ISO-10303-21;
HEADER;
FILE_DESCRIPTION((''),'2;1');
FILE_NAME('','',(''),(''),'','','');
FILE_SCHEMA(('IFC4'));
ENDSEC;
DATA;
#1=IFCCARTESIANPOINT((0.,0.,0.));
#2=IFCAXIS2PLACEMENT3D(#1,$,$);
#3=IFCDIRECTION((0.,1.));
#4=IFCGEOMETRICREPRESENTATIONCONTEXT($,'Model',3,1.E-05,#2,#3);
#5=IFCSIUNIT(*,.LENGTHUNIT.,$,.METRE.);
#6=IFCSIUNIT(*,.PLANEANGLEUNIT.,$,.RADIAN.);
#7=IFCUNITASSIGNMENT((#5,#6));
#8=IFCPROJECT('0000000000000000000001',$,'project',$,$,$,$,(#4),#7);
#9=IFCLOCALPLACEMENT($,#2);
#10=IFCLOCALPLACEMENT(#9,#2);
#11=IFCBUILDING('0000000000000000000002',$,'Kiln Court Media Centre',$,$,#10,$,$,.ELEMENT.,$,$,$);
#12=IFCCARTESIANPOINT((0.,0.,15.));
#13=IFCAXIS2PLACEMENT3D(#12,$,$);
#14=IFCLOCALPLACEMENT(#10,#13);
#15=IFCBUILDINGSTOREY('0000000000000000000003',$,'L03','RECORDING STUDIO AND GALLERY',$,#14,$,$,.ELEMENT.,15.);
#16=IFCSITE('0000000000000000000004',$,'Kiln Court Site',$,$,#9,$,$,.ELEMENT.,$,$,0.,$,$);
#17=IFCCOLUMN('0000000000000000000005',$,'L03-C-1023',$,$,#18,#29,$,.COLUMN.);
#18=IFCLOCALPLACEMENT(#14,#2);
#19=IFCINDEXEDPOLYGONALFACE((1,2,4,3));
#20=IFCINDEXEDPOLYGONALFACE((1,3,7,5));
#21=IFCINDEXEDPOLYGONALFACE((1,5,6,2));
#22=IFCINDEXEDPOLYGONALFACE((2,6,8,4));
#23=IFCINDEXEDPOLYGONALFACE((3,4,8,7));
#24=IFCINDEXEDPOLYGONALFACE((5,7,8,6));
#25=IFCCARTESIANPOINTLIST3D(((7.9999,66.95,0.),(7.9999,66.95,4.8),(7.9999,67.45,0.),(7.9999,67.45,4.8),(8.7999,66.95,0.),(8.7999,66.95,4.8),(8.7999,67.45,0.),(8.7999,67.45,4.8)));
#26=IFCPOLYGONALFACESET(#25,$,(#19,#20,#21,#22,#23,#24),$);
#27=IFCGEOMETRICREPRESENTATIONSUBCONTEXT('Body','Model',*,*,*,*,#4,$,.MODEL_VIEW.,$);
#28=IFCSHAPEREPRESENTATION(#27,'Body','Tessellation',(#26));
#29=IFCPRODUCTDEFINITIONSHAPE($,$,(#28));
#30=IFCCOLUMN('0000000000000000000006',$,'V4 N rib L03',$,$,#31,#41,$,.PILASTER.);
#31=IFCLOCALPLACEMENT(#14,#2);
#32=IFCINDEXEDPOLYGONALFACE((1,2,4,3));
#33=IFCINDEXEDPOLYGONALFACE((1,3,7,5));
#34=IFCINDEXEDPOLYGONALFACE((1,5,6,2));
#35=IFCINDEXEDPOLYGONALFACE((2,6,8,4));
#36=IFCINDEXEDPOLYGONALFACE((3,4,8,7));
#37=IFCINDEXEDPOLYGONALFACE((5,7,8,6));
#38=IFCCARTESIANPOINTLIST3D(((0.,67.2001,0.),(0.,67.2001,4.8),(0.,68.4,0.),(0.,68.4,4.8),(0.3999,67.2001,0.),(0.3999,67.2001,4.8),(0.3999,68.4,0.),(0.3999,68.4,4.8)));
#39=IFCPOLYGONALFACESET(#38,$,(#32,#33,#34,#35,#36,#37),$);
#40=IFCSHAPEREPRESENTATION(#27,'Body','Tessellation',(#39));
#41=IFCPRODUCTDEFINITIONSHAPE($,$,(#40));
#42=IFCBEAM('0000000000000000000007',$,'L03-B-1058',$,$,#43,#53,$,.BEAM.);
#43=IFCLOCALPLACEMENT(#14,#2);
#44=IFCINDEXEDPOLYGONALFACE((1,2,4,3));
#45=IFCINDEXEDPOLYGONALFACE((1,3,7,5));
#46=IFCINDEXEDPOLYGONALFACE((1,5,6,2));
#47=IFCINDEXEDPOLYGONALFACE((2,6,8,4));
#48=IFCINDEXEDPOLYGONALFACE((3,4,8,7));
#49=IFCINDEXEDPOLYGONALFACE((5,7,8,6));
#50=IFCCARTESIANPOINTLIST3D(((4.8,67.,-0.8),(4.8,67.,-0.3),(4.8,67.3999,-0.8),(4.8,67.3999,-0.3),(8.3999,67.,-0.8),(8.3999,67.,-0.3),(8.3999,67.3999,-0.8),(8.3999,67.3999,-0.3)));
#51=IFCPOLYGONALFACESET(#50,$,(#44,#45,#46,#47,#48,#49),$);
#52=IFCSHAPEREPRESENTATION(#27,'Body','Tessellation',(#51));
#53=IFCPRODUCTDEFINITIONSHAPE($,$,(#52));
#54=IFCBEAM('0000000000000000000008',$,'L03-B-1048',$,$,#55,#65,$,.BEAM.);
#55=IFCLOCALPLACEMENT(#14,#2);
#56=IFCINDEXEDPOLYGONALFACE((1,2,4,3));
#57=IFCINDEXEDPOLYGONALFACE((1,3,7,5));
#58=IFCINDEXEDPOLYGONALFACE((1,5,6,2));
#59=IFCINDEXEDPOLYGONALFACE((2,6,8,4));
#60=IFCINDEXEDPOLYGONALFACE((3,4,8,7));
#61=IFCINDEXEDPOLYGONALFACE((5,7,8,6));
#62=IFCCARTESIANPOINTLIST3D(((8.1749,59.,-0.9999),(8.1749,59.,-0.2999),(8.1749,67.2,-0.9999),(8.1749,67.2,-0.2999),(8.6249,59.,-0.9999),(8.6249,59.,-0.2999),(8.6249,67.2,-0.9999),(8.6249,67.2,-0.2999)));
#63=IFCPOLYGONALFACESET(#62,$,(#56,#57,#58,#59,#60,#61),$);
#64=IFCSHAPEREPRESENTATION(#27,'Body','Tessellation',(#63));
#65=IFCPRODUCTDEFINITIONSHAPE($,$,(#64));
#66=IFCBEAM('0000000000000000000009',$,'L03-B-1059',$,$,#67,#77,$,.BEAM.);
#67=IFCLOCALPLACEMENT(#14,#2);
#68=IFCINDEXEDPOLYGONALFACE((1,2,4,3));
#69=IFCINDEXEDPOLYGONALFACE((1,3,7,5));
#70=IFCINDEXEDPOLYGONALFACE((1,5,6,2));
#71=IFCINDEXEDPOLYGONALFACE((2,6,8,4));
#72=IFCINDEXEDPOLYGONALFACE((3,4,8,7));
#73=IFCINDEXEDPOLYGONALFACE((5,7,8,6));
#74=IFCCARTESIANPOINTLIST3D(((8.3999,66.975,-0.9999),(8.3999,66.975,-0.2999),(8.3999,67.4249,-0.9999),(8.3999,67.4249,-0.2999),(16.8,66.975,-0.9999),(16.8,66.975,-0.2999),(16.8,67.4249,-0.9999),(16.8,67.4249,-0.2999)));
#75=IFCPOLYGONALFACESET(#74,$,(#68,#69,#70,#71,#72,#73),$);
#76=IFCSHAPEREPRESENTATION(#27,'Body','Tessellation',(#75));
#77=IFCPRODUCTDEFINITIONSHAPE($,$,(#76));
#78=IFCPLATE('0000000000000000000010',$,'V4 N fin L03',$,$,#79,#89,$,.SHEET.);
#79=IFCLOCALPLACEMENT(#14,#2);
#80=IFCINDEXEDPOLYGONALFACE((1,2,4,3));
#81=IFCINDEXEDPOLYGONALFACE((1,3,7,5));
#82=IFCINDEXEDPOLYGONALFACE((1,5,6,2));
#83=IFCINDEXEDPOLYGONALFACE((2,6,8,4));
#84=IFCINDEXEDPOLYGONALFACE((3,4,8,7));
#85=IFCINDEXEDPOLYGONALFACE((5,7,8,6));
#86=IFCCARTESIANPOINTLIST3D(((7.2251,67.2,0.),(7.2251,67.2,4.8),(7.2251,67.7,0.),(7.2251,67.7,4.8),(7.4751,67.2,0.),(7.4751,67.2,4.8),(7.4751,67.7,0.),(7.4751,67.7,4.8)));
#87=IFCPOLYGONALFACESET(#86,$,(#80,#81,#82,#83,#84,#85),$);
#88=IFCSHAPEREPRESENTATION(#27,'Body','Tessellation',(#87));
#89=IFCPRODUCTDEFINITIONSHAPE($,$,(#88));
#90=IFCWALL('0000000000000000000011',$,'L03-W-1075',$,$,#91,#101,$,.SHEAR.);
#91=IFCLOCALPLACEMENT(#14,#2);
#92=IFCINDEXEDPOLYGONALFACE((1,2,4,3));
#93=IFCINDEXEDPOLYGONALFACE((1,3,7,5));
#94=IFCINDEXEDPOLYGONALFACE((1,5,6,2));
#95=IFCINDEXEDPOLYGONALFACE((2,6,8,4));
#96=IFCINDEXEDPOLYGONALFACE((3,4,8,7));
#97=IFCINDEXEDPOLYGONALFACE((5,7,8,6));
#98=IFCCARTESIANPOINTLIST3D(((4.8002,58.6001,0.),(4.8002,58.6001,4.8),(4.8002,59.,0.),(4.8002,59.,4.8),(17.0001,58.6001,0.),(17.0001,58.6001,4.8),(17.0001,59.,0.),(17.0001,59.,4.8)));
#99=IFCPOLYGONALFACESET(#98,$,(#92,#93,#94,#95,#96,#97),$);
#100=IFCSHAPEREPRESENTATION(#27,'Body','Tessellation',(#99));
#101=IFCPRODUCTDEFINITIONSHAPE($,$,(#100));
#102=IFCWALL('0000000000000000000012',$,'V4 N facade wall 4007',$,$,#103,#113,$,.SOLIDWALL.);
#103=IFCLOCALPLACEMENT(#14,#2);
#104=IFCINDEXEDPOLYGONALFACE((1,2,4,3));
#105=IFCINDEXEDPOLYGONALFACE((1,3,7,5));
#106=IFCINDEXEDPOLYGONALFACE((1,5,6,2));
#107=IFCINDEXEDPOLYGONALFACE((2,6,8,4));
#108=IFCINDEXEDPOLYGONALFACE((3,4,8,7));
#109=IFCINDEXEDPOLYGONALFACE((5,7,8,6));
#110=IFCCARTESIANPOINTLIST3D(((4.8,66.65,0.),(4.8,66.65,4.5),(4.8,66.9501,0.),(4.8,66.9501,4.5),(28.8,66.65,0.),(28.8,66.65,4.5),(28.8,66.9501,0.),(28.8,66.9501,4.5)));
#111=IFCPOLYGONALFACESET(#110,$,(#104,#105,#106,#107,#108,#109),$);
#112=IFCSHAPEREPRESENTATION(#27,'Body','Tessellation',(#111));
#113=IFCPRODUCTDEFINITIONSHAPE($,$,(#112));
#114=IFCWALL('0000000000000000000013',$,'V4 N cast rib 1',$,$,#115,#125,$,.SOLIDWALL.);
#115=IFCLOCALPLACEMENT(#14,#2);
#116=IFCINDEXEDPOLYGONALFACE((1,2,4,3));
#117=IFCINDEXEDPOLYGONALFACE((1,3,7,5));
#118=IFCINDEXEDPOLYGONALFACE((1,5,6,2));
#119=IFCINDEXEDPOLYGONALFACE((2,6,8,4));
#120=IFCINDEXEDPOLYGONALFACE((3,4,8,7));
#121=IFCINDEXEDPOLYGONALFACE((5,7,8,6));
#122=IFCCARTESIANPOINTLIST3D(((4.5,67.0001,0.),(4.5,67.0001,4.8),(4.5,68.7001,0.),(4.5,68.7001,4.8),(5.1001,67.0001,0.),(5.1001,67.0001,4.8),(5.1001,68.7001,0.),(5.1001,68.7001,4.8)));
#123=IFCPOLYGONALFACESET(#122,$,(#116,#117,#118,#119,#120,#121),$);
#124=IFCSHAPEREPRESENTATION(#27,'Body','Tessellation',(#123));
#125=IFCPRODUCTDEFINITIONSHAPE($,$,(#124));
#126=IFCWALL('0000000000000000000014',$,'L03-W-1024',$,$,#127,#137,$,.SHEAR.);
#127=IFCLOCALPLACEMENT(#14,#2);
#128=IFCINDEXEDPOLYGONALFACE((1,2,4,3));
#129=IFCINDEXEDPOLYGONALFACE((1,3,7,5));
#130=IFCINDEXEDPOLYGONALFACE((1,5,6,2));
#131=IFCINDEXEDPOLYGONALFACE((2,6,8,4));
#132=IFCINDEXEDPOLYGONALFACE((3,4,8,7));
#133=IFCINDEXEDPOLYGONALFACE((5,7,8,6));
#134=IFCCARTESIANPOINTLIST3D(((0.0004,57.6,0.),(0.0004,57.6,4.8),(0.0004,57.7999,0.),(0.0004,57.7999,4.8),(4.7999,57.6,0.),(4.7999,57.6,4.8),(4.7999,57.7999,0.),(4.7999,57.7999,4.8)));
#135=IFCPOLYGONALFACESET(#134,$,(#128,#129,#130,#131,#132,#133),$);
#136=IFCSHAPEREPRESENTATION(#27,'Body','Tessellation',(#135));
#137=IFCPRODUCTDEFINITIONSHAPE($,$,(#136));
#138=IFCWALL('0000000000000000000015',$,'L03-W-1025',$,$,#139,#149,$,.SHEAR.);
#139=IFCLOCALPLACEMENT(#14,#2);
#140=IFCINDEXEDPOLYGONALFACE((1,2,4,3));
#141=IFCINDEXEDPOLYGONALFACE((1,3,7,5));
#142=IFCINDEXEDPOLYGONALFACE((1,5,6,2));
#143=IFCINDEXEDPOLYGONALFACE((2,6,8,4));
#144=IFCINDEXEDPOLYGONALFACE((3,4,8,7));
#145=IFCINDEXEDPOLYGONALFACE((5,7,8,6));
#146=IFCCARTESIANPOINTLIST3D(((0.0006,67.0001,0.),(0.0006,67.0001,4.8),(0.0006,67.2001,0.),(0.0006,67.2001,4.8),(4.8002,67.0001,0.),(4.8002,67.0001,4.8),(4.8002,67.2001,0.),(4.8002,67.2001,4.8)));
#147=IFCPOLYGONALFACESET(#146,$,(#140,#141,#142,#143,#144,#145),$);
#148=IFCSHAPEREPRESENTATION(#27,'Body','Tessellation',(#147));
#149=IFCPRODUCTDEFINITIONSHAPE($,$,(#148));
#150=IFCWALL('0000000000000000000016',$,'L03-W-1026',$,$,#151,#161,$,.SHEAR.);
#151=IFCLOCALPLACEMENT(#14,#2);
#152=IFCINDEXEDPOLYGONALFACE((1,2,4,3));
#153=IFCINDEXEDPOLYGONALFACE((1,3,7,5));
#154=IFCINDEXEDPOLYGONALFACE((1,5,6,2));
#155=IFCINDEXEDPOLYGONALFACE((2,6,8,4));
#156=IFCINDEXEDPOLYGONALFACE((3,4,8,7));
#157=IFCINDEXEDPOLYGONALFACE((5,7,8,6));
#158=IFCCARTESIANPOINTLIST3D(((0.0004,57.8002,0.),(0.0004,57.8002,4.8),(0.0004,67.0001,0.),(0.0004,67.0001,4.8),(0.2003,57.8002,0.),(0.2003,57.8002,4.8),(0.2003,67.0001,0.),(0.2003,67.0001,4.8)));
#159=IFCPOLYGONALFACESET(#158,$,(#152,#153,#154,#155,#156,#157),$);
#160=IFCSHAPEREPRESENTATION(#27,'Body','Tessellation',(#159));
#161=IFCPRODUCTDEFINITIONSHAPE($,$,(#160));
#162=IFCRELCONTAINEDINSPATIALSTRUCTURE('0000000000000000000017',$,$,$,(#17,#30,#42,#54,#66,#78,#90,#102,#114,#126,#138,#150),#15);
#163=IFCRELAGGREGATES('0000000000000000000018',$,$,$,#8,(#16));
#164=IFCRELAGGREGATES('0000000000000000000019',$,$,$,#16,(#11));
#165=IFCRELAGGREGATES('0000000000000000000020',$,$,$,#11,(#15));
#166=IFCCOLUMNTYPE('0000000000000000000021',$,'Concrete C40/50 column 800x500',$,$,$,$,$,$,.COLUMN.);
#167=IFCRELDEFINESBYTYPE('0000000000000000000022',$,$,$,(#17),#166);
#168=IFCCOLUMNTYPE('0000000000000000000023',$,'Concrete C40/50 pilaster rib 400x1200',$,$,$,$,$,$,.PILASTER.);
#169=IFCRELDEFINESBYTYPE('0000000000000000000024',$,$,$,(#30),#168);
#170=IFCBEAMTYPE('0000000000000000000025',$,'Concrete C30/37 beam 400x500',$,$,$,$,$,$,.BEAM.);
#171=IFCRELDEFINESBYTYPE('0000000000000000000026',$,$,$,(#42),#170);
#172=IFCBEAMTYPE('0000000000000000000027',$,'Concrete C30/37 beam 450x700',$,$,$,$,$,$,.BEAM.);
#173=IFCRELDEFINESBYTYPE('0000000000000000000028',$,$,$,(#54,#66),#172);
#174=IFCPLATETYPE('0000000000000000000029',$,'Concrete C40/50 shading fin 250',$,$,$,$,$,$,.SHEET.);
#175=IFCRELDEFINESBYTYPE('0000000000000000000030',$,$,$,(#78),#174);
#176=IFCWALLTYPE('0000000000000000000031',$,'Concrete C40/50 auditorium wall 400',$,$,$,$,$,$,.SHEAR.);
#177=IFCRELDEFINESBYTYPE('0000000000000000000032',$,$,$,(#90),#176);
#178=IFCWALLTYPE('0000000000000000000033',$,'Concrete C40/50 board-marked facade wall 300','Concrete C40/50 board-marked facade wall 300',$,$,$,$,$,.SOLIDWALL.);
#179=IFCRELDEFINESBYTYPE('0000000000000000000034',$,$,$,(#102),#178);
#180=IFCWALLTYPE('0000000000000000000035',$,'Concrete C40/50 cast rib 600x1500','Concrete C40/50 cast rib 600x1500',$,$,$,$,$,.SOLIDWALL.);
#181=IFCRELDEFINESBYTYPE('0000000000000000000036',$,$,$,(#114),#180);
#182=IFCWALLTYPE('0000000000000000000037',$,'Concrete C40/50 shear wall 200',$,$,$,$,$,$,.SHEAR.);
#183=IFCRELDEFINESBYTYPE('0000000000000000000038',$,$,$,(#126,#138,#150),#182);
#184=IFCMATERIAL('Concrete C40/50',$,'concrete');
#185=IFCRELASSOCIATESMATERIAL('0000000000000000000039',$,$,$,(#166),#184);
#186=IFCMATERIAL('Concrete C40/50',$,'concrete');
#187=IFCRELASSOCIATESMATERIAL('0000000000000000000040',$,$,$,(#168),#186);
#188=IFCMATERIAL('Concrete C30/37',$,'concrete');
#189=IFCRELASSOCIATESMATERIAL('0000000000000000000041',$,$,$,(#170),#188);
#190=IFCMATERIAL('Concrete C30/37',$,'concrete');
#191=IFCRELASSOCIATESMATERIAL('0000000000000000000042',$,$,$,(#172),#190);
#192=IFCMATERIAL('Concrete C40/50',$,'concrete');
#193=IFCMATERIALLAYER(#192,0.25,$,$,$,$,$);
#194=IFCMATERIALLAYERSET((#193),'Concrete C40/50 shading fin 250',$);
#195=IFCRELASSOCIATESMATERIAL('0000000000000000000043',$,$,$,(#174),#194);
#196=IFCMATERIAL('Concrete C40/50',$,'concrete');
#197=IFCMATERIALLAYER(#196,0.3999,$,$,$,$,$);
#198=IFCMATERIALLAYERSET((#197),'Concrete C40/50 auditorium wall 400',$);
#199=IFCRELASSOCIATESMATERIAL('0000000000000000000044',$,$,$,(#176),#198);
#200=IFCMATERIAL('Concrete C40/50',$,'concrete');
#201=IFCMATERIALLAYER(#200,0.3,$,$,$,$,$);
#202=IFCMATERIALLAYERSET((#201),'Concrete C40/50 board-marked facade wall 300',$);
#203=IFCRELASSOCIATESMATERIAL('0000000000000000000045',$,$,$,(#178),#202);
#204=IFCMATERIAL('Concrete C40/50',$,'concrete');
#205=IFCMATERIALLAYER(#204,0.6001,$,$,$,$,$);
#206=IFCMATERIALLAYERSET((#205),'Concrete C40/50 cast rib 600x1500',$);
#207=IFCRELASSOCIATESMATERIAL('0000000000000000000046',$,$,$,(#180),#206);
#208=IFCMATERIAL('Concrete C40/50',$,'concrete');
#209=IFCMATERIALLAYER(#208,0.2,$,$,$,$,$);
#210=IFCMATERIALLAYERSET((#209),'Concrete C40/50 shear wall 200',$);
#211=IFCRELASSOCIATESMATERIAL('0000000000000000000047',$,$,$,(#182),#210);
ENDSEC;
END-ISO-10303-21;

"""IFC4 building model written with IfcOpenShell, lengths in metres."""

from ifc_helpers import new_model, si_unit, direction, frame, frame_2d, origin, origin_2d, place, context, subcontext, project, spatial, rectangle, extrude, material, layer, layer_set, material_profile, profile_set, type_object, element, save


model = new_model("IFC4")

# Units and contexts
model_context = context("Model", 3, precision=1e-05, world=origin(), true_north=direction((0.0, 1.0)))
body_context = subcontext(model_context, "Body", "Model", "MODEL_VIEW")
ifc_project = project(units=[si_unit("LENGTHUNIT", "METRE"), si_unit("PLANEANGLEUNIT", "RADIAN")], contexts=[model_context])

# Site, building, storey
site_placement = place(None, origin())
site = spatial("IfcSite", under=ifc_project, at=site_placement, Name="Kiln Court Site", CompositionType="ELEMENT", RefElevation=0.0)
building_placement = place(site_placement, origin())
building = spatial("IfcBuilding", under=site, at=building_placement, Name="Kiln Court Media Centre", CompositionType="ELEMENT")
storey_placement = place(building_placement, frame((0.0, 0.0, 15.0)))
storey = spatial("IfcBuildingStorey", under=building, at=storey_placement, Name="L03", Description="RECORDING STUDIO AND GALLERY", CompositionType="ELEMENT", Elevation=15.0)

# Columns
ifc_material_1 = material(Name="Concrete C40/50", Category="concrete")
ifc_material_profile_1 = material_profile(ifc_material_1, rectangle(XDim=0.8, YDim=0.5, at=origin_2d()), Name="RC 800x500")
ifc_profile_set_1 = profile_set([ifc_material_profile_1], Name="Concrete C40/50")
column_type_1 = type_object("IfcColumnType", Name="Concrete C40/50 column 800x500", PredefinedType="COLUMN", material=ifc_profile_set_1)
column_1_placement = place(storey_placement, frame((8.3999, 67.2, 0.0), z_axis=(0.0, 0.0, 1.0), x_axis=(1.0, 0.0, 0.0)))
element("IfcColumn", 1, at=column_1_placement, inside=storey, type_object=column_type_1, Name="L03-C-1023", PredefinedType="COLUMN", context=body_context, shape_type="SweptSolid", body=[
    extrude(rectangle(XDim=0.8, YDim=0.5, at=origin_2d()), origin(), (0.0, 0.0, 1.0), 4.8),
])
ifc_material_2 = material(Name="Concrete C40/50", Category="concrete")
ifc_material_profile_2 = material_profile(ifc_material_2, rectangle(XDim=0.3999, YDim=1.2, at=origin_2d()), Name="RC 400x1200")
ifc_profile_set_2 = profile_set([ifc_material_profile_2], Name="Concrete C40/50")
column_type_2 = type_object("IfcColumnType", Name="Concrete C40/50 pilaster rib 400x1200", PredefinedType="PILASTER", material=ifc_profile_set_2)
column_2_placement = place(storey_placement, frame((0.2, 67.8, 0.0), z_axis=(0.0, 0.0, 1.0), x_axis=(1.0, 0.0, 0.0)))
element("IfcColumn", 2, at=column_2_placement, inside=storey, type_object=column_type_2, Name="V4 N rib L03", PredefinedType="PILASTER", context=body_context, shape_type="SweptSolid", body=[
    extrude(rectangle(XDim=0.3999, YDim=1.2, at=origin_2d()), origin(), (0.0, 0.0, 1.0), 4.8),
])

# Beams
ifc_material_3 = material(Name="Concrete C30/37", Category="concrete")
ifc_material_profile_3 = material_profile(ifc_material_3, rectangle(XDim=0.3999, YDim=0.5, at=origin_2d()), Name="RC 400x500")
ifc_profile_set_3 = profile_set([ifc_material_profile_3], Name="Concrete C30/37")
beam_type_1 = type_object("IfcBeamType", Name="Concrete C30/37 beam 400x500", PredefinedType="BEAM", material=ifc_profile_set_3)
beam_1_placement = place(storey_placement, frame((4.8, 67.2, -0.55), z_axis=(1.0, 0.0, 0.0), x_axis=(0.0, 1.0, 0.0)))
element("IfcBeam", 3, at=beam_1_placement, inside=storey, type_object=beam_type_1, Name="L03-B-1058", PredefinedType="BEAM", context=body_context, shape_type="SweptSolid", body=[
    extrude(rectangle(XDim=0.3999, YDim=0.5, at=origin_2d()), origin(), (0.0, 0.0, 1.0), 3.5999),
])
ifc_material_4 = material(Name="Concrete C30/37", Category="concrete")
ifc_material_profile_4 = material_profile(ifc_material_4, rectangle(XDim=0.45, YDim=0.7, at=origin_2d()), Name="RC 450x700")
ifc_profile_set_4 = profile_set([ifc_material_profile_4], Name="Concrete C30/37")
beam_type_2 = type_object("IfcBeamType", Name="Concrete C30/37 beam 450x700", PredefinedType="BEAM", material=ifc_profile_set_4)
beam_2_placement = place(storey_placement, frame((8.3999, 59.0, -0.6499), z_axis=(0.0, 1.0, 0.0), x_axis=(-1.0, 0.0, 0.0)))
element("IfcBeam", 4, at=beam_2_placement, inside=storey, type_object=beam_type_2, Name="L03-B-1048", PredefinedType="BEAM", context=body_context, shape_type="SweptSolid", body=[
    extrude(rectangle(XDim=0.45, YDim=0.7, at=origin_2d()), origin(), (0.0, 0.0, 1.0), 8.2),
])
beam_3_placement = place(storey_placement, frame((8.3999, 67.2, -0.6499), z_axis=(1.0, 0.0, 0.0), x_axis=(0.0, 1.0, 0.0)))
element("IfcBeam", 5, at=beam_3_placement, inside=storey, type_object=beam_type_2, Name="L03-B-1059", PredefinedType="BEAM", context=body_context, shape_type="SweptSolid", body=[
    extrude(rectangle(XDim=0.45, YDim=0.7, at=origin_2d()), origin(), (0.0, 0.0, 1.0), 8.4001),
])

# Plate
ifc_material_5 = material(Name="Concrete C40/50", Category="concrete")
ifc_layer_1 = layer(ifc_material_5, 0.25)
ifc_layer_set_1 = layer_set([ifc_layer_1], Name="Concrete C40/50 shading fin 250")
plate_type = type_object("IfcPlateType", Name="Concrete C40/50 shading fin 250", PredefinedType="SHEET", material=ifc_layer_set_1)
plate_placement = place(storey_placement, frame((7.3501, 67.45, 0.0), z_axis=(0.0, 0.0, 1.0), x_axis=(1.0, 0.0, 0.0)))
element("IfcPlate", 6, at=plate_placement, inside=storey, type_object=plate_type, Name="V4 N fin L03", PredefinedType="SHEET", context=body_context, shape_type="SweptSolid", body=[
    extrude(rectangle(XDim=0.25, YDim=0.5, at=origin_2d()), origin(), (0.0, 0.0, 1.0), 4.8),
])

# Walls
ifc_material_6 = material(Name="Concrete C40/50", Category="concrete")
ifc_layer_2 = layer(ifc_material_6, 0.3999)
ifc_layer_set_2 = layer_set([ifc_layer_2], Name="Concrete C40/50 auditorium wall 400")
wall_type_1 = type_object("IfcWallType", Name="Concrete C40/50 auditorium wall 400", PredefinedType="SHEAR", material=ifc_layer_set_2)
wall_1_placement = place(storey_placement, frame((4.8, 58.8, 0.0), z_axis=(0.0, 0.0, 1.0), x_axis=(1.0, 0.0, 0.0)))
element("IfcWall", 7, at=wall_1_placement, inside=storey, type_object=wall_type_1, Name="L03-W-1075", PredefinedType="SHEAR", context=body_context, shape_type="SweptSolid", body=[
    extrude(rectangle(XDim=12.2, YDim=0.3999, at=frame_2d((6.1001, 0.0))), origin(), (0.0, 0.0, 1.0), 4.8),
])
ifc_material_7 = material(Name="Concrete C40/50", Category="concrete")
ifc_layer_3 = layer(ifc_material_7, 0.3)
ifc_layer_set_3 = layer_set([ifc_layer_3], Name="Concrete C40/50 board-marked facade wall 300")
wall_type_2 = type_object("IfcWallType", Name="Concrete C40/50 board-marked facade wall 300", Description="Concrete C40/50 board-marked facade wall 300", PredefinedType="SOLIDWALL", material=ifc_layer_set_3)
wall_2_placement = place(storey_placement, frame((4.8, 66.8, 0.0), z_axis=(0.0, 0.0, 1.0), x_axis=(1.0, 0.0, 0.0)))
element("IfcWall", 8, at=wall_2_placement, inside=storey, type_object=wall_type_2, Name="V4 N facade wall 4007", PredefinedType="SOLIDWALL", context=body_context, shape_type="SweptSolid", body=[
    extrude(rectangle(XDim=24.0, YDim=0.3, at=frame_2d((12.0, 0.0))), origin(), (0.0, 0.0, 1.0), 4.5),
])
ifc_material_8 = material(Name="Concrete C40/50", Category="concrete")
ifc_layer_4 = layer(ifc_material_8, 0.6001)
ifc_layer_set_4 = layer_set([ifc_layer_4], Name="Concrete C40/50 cast rib 600x1500")
wall_type_3 = type_object("IfcWallType", Name="Concrete C40/50 cast rib 600x1500", Description="Concrete C40/50 cast rib 600x1500", PredefinedType="SOLIDWALL", material=ifc_layer_set_4)
wall_3_placement = place(storey_placement, frame((4.8, 67.0, 0.0), z_axis=(0.0, 0.0, 1.0), x_axis=(0.0, 1.0, 0.0)))
element("IfcWall", 9, at=wall_3_placement, inside=storey, type_object=wall_type_3, Name="V4 N cast rib 1", PredefinedType="SOLIDWALL", context=body_context, shape_type="SweptSolid", body=[
    extrude(rectangle(XDim=1.7, YDim=0.6001, at=frame_2d((0.8501, 0.0))), origin(), (0.0, 0.0, 1.0), 4.8),
])
ifc_material_9 = material(Name="Concrete C40/50", Category="concrete")
ifc_layer_5 = layer(ifc_material_9, 0.2)
ifc_layer_set_5 = layer_set([ifc_layer_5], Name="Concrete C40/50 shear wall 200")
wall_type_4 = type_object("IfcWallType", Name="Concrete C40/50 shear wall 200", PredefinedType="SHEAR", material=ifc_layer_set_5)
for number, where, z_axis, x_axis, name in (
    (10, (4.8, 57.7, 0.0), (0.0, 0.0, 1.0), (-1.0, 0.0, 0.0), "L03-W-1024"),
    (11, (0.0005, 67.1001, 0.0), (0.0, 0.0, 1.0), (1.0, 0.0, 0.0), "L03-W-1025"),
):
    element("IfcWall", number, at=place(storey_placement, frame(where, z_axis=z_axis, x_axis=x_axis)), inside=storey, type_object=wall_type_4, Name=name, PredefinedType="SHEAR", context=body_context, shape_type="SweptSolid", body=[
        extrude(rectangle(XDim=4.7996, YDim=0.2, at=frame_2d((2.3999, 0.0))), origin(), (0.0, 0.0, 1.0), 4.8),
    ])
wall_4_placement = place(storey_placement, frame((0.1003, 57.8, 0.0), z_axis=(0.0, 0.0, 1.0), x_axis=(0.0, 1.0, 0.0)))
element("IfcWall", 12, at=wall_4_placement, inside=storey, type_object=wall_type_4, Name="L03-W-1026", PredefinedType="SHEAR", context=body_context, shape_type="SweptSolid", body=[
    extrude(rectangle(XDim=9.2, YDim=0.2, at=frame_2d((4.6001, 0.0))), origin(), (0.0, 0.0, 1.0), 4.8),
])

save(model, "model.ifc")
